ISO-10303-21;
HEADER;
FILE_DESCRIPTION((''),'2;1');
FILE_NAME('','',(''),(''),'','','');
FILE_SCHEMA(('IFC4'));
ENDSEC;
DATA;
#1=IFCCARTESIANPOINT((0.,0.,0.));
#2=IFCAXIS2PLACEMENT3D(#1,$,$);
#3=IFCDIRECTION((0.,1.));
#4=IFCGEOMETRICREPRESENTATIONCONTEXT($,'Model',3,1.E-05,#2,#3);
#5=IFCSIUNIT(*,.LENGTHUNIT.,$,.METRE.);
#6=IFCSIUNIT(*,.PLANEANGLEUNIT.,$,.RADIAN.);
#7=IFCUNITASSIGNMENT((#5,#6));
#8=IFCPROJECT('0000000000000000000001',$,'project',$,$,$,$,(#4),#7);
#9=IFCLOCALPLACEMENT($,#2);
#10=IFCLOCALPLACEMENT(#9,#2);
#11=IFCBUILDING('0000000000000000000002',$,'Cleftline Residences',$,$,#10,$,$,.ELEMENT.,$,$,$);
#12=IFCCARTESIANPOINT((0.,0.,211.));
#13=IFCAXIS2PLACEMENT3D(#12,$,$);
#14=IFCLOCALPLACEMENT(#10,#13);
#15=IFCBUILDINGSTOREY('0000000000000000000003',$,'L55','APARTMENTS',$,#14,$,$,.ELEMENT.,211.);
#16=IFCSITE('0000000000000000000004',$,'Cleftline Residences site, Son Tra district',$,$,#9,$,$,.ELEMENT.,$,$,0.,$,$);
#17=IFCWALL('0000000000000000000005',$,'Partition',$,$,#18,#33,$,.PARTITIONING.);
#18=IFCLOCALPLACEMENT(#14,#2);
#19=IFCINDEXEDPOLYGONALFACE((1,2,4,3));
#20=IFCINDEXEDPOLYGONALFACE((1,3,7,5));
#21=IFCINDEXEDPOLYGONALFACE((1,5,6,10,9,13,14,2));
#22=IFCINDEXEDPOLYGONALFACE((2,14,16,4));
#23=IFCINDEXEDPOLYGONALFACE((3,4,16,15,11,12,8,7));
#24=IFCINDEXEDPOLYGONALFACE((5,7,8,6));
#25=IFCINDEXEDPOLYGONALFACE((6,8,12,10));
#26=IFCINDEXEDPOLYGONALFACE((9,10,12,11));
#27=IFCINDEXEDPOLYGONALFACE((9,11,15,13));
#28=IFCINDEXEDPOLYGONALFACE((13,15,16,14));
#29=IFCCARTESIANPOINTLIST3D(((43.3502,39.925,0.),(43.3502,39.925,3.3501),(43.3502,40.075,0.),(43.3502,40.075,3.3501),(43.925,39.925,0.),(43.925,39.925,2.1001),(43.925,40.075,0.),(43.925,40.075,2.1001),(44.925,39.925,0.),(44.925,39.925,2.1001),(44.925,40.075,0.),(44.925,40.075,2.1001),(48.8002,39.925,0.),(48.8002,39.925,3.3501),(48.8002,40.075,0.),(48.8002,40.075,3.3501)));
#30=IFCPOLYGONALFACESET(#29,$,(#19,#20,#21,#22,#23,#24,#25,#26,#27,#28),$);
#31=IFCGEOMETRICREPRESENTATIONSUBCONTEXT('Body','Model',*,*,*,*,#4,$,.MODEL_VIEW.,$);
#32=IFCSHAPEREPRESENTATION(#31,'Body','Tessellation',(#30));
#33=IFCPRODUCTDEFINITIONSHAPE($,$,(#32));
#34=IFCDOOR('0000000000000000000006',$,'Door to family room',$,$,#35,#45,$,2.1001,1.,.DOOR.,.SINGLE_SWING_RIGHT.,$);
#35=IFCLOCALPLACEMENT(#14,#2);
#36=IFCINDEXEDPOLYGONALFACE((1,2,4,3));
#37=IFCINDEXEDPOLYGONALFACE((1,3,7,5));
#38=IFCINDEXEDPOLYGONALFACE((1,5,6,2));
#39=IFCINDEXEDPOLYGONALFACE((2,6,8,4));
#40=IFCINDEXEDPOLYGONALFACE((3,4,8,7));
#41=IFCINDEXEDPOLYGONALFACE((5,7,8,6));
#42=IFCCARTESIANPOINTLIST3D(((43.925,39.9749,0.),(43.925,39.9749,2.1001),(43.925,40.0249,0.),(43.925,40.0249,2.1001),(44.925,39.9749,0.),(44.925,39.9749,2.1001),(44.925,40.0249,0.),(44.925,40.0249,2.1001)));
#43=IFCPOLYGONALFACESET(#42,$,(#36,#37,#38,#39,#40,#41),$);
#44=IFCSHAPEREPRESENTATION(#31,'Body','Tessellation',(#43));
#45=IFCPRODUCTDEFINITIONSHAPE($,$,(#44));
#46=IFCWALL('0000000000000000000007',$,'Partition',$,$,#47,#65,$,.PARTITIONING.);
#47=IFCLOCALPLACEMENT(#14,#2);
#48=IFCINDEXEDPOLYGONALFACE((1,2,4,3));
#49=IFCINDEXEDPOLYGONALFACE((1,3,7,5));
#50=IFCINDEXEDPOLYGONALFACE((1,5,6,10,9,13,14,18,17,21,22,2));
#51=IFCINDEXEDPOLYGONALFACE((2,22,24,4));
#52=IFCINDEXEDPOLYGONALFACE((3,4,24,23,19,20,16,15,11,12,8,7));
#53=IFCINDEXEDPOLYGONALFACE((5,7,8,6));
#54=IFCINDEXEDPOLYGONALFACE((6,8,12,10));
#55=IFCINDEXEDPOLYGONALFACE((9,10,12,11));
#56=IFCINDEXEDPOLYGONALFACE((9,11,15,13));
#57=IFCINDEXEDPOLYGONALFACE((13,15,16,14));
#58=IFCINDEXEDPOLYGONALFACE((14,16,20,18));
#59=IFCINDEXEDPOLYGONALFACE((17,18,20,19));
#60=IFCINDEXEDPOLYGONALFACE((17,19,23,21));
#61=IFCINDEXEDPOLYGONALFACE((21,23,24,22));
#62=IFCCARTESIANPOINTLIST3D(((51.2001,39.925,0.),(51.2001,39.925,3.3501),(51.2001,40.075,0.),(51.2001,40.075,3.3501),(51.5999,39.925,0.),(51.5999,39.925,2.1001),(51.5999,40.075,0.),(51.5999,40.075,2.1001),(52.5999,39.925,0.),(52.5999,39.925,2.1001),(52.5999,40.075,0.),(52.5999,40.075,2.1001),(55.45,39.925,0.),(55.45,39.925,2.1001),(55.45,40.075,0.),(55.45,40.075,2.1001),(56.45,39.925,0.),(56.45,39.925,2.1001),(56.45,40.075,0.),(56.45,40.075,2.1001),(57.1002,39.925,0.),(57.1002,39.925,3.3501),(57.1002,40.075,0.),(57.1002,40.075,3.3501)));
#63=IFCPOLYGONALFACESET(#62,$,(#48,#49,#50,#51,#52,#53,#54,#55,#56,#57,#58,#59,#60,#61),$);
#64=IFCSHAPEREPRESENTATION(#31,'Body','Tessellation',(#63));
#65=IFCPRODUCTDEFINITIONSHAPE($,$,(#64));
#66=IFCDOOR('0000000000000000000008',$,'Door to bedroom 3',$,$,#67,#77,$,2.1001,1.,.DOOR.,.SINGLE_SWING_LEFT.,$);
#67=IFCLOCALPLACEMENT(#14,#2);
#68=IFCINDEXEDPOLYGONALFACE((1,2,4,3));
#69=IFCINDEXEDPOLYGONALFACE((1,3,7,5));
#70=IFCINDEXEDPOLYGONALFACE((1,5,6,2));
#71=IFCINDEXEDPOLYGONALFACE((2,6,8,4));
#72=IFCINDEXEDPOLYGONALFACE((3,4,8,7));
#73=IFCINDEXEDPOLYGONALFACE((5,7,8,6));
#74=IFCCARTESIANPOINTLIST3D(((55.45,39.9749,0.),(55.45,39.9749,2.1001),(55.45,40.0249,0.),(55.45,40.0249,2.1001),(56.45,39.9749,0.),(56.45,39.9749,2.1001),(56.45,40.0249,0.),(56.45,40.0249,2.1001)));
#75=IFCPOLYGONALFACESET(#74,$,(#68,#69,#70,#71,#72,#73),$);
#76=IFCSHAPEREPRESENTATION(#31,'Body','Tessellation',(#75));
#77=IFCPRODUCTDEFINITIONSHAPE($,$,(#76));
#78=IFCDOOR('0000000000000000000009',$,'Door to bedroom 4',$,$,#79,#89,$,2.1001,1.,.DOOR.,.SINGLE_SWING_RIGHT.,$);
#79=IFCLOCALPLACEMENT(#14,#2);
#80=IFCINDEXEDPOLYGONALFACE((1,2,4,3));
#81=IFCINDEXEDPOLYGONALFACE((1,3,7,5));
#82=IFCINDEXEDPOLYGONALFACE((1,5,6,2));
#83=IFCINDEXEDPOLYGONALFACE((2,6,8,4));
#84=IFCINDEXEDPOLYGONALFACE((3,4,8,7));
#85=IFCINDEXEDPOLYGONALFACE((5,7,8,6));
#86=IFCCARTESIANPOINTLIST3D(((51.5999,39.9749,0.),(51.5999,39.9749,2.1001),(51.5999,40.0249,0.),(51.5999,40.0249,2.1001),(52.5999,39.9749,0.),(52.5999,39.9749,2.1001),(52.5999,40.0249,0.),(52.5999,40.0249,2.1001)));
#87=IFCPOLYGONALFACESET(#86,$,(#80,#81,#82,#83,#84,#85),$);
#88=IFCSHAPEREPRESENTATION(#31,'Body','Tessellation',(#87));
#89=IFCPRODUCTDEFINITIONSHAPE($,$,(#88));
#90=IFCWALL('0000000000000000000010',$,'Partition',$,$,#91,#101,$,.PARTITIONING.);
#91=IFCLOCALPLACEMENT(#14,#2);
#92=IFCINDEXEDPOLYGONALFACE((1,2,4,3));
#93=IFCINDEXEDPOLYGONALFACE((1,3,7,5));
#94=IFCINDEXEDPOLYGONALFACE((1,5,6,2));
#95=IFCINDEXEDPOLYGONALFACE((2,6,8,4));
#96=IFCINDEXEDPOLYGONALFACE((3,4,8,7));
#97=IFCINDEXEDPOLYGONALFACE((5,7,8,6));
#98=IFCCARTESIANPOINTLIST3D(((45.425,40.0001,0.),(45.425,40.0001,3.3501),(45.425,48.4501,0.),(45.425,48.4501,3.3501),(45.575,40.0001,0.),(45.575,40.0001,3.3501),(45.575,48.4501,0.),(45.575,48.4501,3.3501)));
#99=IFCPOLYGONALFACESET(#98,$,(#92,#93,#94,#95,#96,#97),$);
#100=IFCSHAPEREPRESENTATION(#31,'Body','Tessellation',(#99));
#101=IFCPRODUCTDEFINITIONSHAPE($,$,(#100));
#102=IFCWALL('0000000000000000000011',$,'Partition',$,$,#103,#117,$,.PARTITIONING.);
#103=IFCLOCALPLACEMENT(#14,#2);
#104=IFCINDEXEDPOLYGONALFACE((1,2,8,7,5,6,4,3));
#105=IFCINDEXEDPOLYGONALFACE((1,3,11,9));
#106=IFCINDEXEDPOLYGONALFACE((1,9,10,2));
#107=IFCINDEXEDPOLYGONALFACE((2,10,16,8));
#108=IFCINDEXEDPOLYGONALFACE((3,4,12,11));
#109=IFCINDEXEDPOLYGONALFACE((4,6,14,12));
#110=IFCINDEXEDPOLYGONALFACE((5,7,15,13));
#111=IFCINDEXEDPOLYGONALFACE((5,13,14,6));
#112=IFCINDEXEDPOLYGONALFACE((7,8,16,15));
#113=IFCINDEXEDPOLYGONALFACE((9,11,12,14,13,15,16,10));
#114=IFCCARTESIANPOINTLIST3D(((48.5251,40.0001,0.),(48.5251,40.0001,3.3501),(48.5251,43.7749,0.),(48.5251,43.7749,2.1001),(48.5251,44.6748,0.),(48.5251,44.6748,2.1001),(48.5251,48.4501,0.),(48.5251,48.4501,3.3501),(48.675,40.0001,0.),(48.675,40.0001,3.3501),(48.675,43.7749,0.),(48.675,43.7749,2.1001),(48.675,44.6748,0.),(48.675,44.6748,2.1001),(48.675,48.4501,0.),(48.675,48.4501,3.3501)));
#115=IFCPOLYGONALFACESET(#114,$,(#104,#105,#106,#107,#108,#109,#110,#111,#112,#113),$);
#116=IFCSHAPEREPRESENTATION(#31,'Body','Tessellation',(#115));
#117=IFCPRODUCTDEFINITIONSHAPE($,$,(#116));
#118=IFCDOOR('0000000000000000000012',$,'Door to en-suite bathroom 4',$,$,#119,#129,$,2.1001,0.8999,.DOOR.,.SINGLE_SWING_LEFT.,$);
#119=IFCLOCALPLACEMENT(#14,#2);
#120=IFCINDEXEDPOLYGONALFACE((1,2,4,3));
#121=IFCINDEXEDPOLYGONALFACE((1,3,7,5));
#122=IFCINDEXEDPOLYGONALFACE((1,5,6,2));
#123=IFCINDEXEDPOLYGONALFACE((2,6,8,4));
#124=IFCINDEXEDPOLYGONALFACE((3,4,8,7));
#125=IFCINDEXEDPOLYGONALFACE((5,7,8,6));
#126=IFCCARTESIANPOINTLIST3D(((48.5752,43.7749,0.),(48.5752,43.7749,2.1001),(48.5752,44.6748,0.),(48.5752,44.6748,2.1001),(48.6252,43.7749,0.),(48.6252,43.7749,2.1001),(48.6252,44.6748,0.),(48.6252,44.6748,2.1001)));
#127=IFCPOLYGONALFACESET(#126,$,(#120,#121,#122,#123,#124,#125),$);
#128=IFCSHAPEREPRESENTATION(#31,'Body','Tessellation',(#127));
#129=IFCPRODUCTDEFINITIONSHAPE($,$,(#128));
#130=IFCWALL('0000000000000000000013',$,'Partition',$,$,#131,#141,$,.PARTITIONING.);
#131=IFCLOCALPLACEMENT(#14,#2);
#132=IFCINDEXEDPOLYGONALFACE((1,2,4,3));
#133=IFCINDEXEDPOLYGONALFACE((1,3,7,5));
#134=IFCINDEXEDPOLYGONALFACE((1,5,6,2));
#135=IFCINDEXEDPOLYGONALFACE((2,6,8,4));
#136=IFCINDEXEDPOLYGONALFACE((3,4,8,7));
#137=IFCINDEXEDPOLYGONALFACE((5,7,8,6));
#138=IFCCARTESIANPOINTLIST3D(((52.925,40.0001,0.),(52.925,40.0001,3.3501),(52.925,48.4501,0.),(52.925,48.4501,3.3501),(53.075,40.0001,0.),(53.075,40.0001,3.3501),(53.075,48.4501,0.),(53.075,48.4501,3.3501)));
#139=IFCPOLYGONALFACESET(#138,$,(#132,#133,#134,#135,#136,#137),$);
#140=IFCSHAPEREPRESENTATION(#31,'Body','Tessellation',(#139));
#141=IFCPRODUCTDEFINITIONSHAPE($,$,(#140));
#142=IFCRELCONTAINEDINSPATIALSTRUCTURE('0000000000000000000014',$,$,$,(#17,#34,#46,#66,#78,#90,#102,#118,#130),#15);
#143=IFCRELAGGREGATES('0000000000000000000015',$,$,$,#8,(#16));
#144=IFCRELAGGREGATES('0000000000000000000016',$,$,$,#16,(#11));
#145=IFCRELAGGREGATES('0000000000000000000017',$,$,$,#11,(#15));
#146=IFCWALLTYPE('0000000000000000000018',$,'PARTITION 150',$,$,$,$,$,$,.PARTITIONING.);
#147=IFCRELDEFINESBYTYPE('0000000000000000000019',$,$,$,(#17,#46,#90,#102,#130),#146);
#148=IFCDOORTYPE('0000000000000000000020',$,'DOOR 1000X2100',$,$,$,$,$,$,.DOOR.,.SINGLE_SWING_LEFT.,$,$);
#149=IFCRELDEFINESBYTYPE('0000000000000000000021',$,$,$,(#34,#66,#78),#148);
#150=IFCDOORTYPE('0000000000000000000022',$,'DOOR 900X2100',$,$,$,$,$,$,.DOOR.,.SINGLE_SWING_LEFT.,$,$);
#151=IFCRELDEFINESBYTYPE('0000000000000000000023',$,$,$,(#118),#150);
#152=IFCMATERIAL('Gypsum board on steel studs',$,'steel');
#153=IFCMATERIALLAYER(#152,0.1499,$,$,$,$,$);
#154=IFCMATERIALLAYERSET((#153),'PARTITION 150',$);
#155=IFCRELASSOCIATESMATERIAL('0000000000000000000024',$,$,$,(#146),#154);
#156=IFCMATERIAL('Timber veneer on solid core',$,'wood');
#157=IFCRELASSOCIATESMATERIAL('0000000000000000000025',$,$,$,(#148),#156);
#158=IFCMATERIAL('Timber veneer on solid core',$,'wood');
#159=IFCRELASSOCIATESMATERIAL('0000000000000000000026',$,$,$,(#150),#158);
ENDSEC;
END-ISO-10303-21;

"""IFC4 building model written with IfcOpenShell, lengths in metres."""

from ifc_helpers import new_model, si_unit, direction, frame, frame_2d, origin, place, context, subcontext, project, spatial, rectangle, extrude, material, layer, layer_set, type_object, element, fill, save


model = new_model("IFC4")

# Units and contexts
model_context = context("Model", 3, precision=1e-05, world=origin(), true_north=direction((0.0, 1.0)))
body_context = subcontext(model_context, "Body", "Model", "MODEL_VIEW")
ifc_project = project(units=[si_unit("LENGTHUNIT", "METRE"), si_unit("PLANEANGLEUNIT", "RADIAN")], contexts=[model_context])

# Site, building, storey
site_placement = place(None, origin())
site = spatial("IfcSite", under=ifc_project, at=site_placement, Name="Cleftline Residences site, Son Tra district", CompositionType="ELEMENT", RefElevation=0.0)
building_placement = place(site_placement, origin())
building = spatial("IfcBuilding", under=site, at=building_placement, Name="Cleftline Residences", CompositionType="ELEMENT")
storey_placement = place(building_placement, frame((0.0, 0.0, 211.0)))
storey = spatial("IfcBuildingStorey", under=building, at=storey_placement, Name="L55", Description="APARTMENTS", CompositionType="ELEMENT", Elevation=211.0)

# Wall, opening, door
ifc_material_1 = material(Name="Gypsum board on steel studs", Category="steel")
ifc_layer_1 = layer(ifc_material_1, 0.1499)
ifc_layer_set_1 = layer_set([ifc_layer_1], Name="PARTITION 150")
wall_type = type_object("IfcWallType", Name="PARTITION 150", PredefinedType="PARTITIONING", material=ifc_layer_set_1)
wall_1_placement = place(storey_placement, frame((43.3501, 40.0, 0.0), z_axis=(0.0, 0.0, 1.0), x_axis=(1.0, 0.0, 0.0)))
wall_1 = element("IfcWall", 1, at=wall_1_placement, inside=storey, type_object=wall_type, Name="Partition", PredefinedType="PARTITIONING", context=body_context, shape_type="SweptSolid", body=[
    extrude(rectangle(XDim=5.45, YDim=0.1499, at=frame_2d((2.7251, 0.0))), origin(), (0.0, 0.0, 1.0), 3.3501),
])
opening_1_placement = place(wall_1_placement, frame((0.575, 0.0, 0.0)))
opening_1 = element("IfcOpeningElement", 2, at=opening_1_placement, cuts=wall_1, PredefinedType="OPENING", context=body_context, shape_type="SweptSolid", body=[
    extrude(rectangle(XDim=1.0, YDim=2.1001, at=frame_2d((0.5, 1.05))), frame((0.0, 0.085, 0.0), z_axis=(0.0, -1.0, 0.0), x_axis=(1.0, 0.0, 0.0)), (0.0, 0.0, 1.0), 0.1699),
])
ifc_material_2 = material(Name="Timber veneer on solid core", Category="wood")
door_type_1 = type_object("IfcDoorType", Name="DOOR 1000X2100", OperationType="SINGLE_SWING_LEFT", PredefinedType="DOOR", material=ifc_material_2)
door_1_placement = place(opening_1_placement, origin())
door_1 = element("IfcDoor", 3, at=door_1_placement, inside=storey, type_object=door_type_1, Name="Door to family room", OperationType="SINGLE_SWING_RIGHT", OverallHeight=2.1001, OverallWidth=1.0, PredefinedType="DOOR", context=body_context, shape_type="SweptSolid", body=[
    extrude(rectangle(XDim=1.0, YDim=2.1001, at=frame_2d((0.5, 1.05))), frame((0.0, 0.0249, 0.0), z_axis=(0.0, -1.0, 0.0), x_axis=(1.0, 0.0, 0.0)), (0.0, 0.0, 1.0), 0.05),
])
fill(opening_1, door_1)

# Wall, openings, doors
wall_2_placement = place(storey_placement, frame((51.2, 40.0, 0.0), z_axis=(0.0, 0.0, 1.0), x_axis=(1.0, 0.0, 0.0)))
wall_2 = element("IfcWall", 4, at=wall_2_placement, inside=storey, type_object=wall_type, Name="Partition", PredefinedType="PARTITIONING", context=body_context, shape_type="SweptSolid", body=[
    extrude(rectangle(XDim=5.9001, YDim=0.1499, at=frame_2d((2.9502, 0.0))), origin(), (0.0, 0.0, 1.0), 3.3501),
])
opening_2_placement = place(wall_2_placement, frame((4.25, 0.0, 0.0)))
opening_2 = element("IfcOpeningElement", 5, at=opening_2_placement, cuts=wall_2, PredefinedType="OPENING", context=body_context, shape_type="SweptSolid", body=[
    extrude(rectangle(XDim=1.0, YDim=2.1001, at=frame_2d((0.5, 1.05))), frame((0.0, 0.085, 0.0), z_axis=(0.0, -1.0, 0.0), x_axis=(1.0, 0.0, 0.0)), (0.0, 0.0, 1.0), 0.1699),
])
opening_3_placement = place(wall_2_placement, frame((0.3999, 0.0, 0.0)))
opening_3 = element("IfcOpeningElement", 6, at=opening_3_placement, cuts=wall_2, PredefinedType="OPENING", context=body_context, shape_type="SweptSolid", body=[
    extrude(rectangle(XDim=1.0, YDim=2.1001, at=frame_2d((0.5, 1.05))), frame((0.0, 0.085, 0.0), z_axis=(0.0, -1.0, 0.0), x_axis=(1.0, 0.0, 0.0)), (0.0, 0.0, 1.0), 0.1699),
])
door_2_placement = place(opening_2_placement, origin())
door_2 = element("IfcDoor", 7, at=door_2_placement, inside=storey, type_object=door_type_1, Name="Door to bedroom 3", OperationType="SINGLE_SWING_LEFT", OverallHeight=2.1001, OverallWidth=1.0, PredefinedType="DOOR", context=body_context, shape_type="SweptSolid", body=[
    extrude(rectangle(XDim=1.0, YDim=2.1001, at=frame_2d((0.5, 1.05))), frame((0.0, 0.0249, 0.0), z_axis=(0.0, -1.0, 0.0), x_axis=(1.0, 0.0, 0.0)), (0.0, 0.0, 1.0), 0.05),
])
fill(opening_2, door_2)
door_3_placement = place(opening_3_placement, origin())
door_3 = element("IfcDoor", 8, at=door_3_placement, inside=storey, type_object=door_type_1, Name="Door to bedroom 4", OperationType="SINGLE_SWING_RIGHT", OverallHeight=2.1001, OverallWidth=1.0, PredefinedType="DOOR", context=body_context, shape_type="SweptSolid", body=[
    extrude(rectangle(XDim=1.0, YDim=2.1001, at=frame_2d((0.5, 1.05))), frame((0.0, 0.0249, 0.0), z_axis=(0.0, -1.0, 0.0), x_axis=(1.0, 0.0, 0.0)), (0.0, 0.0, 1.0), 0.05),
])
fill(opening_3, door_3)

# Wall
wall_3_placement = place(storey_placement, frame((45.5, 40.0, 0.0), z_axis=(0.0, 0.0, 1.0), x_axis=(0.0, 1.0, 0.0)))
element("IfcWall", 9, at=wall_3_placement, inside=storey, type_object=wall_type, Name="Partition", PredefinedType="PARTITIONING", context=body_context, shape_type="SweptSolid", body=[
    extrude(rectangle(XDim=8.45, YDim=0.1499, at=frame_2d((4.2251, 0.0))), origin(), (0.0, 0.0, 1.0), 3.3501),
])

# Wall, opening, door
wall_4_placement = place(storey_placement, frame((48.6001, 40.0, 0.0), z_axis=(0.0, 0.0, 1.0), x_axis=(0.0, 1.0, 0.0)))
wall_4 = element("IfcWall", 10, at=wall_4_placement, inside=storey, type_object=wall_type, Name="Partition", PredefinedType="PARTITIONING", context=body_context, shape_type="SweptSolid", body=[
    extrude(rectangle(XDim=8.45, YDim=0.1499, at=frame_2d((4.2251, 0.0))), origin(), (0.0, 0.0, 1.0), 3.3501),
])
opening_4_placement = place(wall_4_placement, frame((3.7749, 0.0, 0.0)))
opening_4 = element("IfcOpeningElement", 11, at=opening_4_placement, cuts=wall_4, PredefinedType="OPENING", context=body_context, shape_type="SweptSolid", body=[
    extrude(rectangle(XDim=0.8999, YDim=2.1001, at=frame_2d((0.45, 1.05))), frame((0.0, 0.085, 0.0), z_axis=(0.0, -1.0, 0.0), x_axis=(1.0, 0.0, 0.0)), (0.0, 0.0, 1.0), 0.1699),
])
ifc_material_3 = material(Name="Timber veneer on solid core", Category="wood")
door_type_2 = type_object("IfcDoorType", Name="DOOR 900X2100", OperationType="SINGLE_SWING_LEFT", PredefinedType="DOOR", material=ifc_material_3)
door_4_placement = place(opening_4_placement, origin())
door_4 = element("IfcDoor", 12, at=door_4_placement, inside=storey, type_object=door_type_2, Name="Door to en-suite bathroom 4", OperationType="SINGLE_SWING_LEFT", OverallHeight=2.1001, OverallWidth=0.8999, PredefinedType="DOOR", context=body_context, shape_type="SweptSolid", body=[
    extrude(rectangle(XDim=0.8999, YDim=2.1001, at=frame_2d((0.45, 1.05))), frame((0.0, 0.0249, 0.0), z_axis=(0.0, -1.0, 0.0), x_axis=(1.0, 0.0, 0.0)), (0.0, 0.0, 1.0), 0.05),
])
fill(opening_4, door_4)

# Wall
wall_5_placement = place(storey_placement, frame((53.0, 40.0, 0.0), z_axis=(0.0, 0.0, 1.0), x_axis=(0.0, 1.0, 0.0)))
element("IfcWall", 13, at=wall_5_placement, inside=storey, type_object=wall_type, Name="Partition", PredefinedType="PARTITIONING", context=body_context, shape_type="SweptSolid", body=[
    extrude(rectangle(XDim=8.45, YDim=0.1499, at=frame_2d((4.2251, 0.0))), origin(), (0.0, 0.0, 1.0), 3.3501),
])

save(model, "model.ifc")
